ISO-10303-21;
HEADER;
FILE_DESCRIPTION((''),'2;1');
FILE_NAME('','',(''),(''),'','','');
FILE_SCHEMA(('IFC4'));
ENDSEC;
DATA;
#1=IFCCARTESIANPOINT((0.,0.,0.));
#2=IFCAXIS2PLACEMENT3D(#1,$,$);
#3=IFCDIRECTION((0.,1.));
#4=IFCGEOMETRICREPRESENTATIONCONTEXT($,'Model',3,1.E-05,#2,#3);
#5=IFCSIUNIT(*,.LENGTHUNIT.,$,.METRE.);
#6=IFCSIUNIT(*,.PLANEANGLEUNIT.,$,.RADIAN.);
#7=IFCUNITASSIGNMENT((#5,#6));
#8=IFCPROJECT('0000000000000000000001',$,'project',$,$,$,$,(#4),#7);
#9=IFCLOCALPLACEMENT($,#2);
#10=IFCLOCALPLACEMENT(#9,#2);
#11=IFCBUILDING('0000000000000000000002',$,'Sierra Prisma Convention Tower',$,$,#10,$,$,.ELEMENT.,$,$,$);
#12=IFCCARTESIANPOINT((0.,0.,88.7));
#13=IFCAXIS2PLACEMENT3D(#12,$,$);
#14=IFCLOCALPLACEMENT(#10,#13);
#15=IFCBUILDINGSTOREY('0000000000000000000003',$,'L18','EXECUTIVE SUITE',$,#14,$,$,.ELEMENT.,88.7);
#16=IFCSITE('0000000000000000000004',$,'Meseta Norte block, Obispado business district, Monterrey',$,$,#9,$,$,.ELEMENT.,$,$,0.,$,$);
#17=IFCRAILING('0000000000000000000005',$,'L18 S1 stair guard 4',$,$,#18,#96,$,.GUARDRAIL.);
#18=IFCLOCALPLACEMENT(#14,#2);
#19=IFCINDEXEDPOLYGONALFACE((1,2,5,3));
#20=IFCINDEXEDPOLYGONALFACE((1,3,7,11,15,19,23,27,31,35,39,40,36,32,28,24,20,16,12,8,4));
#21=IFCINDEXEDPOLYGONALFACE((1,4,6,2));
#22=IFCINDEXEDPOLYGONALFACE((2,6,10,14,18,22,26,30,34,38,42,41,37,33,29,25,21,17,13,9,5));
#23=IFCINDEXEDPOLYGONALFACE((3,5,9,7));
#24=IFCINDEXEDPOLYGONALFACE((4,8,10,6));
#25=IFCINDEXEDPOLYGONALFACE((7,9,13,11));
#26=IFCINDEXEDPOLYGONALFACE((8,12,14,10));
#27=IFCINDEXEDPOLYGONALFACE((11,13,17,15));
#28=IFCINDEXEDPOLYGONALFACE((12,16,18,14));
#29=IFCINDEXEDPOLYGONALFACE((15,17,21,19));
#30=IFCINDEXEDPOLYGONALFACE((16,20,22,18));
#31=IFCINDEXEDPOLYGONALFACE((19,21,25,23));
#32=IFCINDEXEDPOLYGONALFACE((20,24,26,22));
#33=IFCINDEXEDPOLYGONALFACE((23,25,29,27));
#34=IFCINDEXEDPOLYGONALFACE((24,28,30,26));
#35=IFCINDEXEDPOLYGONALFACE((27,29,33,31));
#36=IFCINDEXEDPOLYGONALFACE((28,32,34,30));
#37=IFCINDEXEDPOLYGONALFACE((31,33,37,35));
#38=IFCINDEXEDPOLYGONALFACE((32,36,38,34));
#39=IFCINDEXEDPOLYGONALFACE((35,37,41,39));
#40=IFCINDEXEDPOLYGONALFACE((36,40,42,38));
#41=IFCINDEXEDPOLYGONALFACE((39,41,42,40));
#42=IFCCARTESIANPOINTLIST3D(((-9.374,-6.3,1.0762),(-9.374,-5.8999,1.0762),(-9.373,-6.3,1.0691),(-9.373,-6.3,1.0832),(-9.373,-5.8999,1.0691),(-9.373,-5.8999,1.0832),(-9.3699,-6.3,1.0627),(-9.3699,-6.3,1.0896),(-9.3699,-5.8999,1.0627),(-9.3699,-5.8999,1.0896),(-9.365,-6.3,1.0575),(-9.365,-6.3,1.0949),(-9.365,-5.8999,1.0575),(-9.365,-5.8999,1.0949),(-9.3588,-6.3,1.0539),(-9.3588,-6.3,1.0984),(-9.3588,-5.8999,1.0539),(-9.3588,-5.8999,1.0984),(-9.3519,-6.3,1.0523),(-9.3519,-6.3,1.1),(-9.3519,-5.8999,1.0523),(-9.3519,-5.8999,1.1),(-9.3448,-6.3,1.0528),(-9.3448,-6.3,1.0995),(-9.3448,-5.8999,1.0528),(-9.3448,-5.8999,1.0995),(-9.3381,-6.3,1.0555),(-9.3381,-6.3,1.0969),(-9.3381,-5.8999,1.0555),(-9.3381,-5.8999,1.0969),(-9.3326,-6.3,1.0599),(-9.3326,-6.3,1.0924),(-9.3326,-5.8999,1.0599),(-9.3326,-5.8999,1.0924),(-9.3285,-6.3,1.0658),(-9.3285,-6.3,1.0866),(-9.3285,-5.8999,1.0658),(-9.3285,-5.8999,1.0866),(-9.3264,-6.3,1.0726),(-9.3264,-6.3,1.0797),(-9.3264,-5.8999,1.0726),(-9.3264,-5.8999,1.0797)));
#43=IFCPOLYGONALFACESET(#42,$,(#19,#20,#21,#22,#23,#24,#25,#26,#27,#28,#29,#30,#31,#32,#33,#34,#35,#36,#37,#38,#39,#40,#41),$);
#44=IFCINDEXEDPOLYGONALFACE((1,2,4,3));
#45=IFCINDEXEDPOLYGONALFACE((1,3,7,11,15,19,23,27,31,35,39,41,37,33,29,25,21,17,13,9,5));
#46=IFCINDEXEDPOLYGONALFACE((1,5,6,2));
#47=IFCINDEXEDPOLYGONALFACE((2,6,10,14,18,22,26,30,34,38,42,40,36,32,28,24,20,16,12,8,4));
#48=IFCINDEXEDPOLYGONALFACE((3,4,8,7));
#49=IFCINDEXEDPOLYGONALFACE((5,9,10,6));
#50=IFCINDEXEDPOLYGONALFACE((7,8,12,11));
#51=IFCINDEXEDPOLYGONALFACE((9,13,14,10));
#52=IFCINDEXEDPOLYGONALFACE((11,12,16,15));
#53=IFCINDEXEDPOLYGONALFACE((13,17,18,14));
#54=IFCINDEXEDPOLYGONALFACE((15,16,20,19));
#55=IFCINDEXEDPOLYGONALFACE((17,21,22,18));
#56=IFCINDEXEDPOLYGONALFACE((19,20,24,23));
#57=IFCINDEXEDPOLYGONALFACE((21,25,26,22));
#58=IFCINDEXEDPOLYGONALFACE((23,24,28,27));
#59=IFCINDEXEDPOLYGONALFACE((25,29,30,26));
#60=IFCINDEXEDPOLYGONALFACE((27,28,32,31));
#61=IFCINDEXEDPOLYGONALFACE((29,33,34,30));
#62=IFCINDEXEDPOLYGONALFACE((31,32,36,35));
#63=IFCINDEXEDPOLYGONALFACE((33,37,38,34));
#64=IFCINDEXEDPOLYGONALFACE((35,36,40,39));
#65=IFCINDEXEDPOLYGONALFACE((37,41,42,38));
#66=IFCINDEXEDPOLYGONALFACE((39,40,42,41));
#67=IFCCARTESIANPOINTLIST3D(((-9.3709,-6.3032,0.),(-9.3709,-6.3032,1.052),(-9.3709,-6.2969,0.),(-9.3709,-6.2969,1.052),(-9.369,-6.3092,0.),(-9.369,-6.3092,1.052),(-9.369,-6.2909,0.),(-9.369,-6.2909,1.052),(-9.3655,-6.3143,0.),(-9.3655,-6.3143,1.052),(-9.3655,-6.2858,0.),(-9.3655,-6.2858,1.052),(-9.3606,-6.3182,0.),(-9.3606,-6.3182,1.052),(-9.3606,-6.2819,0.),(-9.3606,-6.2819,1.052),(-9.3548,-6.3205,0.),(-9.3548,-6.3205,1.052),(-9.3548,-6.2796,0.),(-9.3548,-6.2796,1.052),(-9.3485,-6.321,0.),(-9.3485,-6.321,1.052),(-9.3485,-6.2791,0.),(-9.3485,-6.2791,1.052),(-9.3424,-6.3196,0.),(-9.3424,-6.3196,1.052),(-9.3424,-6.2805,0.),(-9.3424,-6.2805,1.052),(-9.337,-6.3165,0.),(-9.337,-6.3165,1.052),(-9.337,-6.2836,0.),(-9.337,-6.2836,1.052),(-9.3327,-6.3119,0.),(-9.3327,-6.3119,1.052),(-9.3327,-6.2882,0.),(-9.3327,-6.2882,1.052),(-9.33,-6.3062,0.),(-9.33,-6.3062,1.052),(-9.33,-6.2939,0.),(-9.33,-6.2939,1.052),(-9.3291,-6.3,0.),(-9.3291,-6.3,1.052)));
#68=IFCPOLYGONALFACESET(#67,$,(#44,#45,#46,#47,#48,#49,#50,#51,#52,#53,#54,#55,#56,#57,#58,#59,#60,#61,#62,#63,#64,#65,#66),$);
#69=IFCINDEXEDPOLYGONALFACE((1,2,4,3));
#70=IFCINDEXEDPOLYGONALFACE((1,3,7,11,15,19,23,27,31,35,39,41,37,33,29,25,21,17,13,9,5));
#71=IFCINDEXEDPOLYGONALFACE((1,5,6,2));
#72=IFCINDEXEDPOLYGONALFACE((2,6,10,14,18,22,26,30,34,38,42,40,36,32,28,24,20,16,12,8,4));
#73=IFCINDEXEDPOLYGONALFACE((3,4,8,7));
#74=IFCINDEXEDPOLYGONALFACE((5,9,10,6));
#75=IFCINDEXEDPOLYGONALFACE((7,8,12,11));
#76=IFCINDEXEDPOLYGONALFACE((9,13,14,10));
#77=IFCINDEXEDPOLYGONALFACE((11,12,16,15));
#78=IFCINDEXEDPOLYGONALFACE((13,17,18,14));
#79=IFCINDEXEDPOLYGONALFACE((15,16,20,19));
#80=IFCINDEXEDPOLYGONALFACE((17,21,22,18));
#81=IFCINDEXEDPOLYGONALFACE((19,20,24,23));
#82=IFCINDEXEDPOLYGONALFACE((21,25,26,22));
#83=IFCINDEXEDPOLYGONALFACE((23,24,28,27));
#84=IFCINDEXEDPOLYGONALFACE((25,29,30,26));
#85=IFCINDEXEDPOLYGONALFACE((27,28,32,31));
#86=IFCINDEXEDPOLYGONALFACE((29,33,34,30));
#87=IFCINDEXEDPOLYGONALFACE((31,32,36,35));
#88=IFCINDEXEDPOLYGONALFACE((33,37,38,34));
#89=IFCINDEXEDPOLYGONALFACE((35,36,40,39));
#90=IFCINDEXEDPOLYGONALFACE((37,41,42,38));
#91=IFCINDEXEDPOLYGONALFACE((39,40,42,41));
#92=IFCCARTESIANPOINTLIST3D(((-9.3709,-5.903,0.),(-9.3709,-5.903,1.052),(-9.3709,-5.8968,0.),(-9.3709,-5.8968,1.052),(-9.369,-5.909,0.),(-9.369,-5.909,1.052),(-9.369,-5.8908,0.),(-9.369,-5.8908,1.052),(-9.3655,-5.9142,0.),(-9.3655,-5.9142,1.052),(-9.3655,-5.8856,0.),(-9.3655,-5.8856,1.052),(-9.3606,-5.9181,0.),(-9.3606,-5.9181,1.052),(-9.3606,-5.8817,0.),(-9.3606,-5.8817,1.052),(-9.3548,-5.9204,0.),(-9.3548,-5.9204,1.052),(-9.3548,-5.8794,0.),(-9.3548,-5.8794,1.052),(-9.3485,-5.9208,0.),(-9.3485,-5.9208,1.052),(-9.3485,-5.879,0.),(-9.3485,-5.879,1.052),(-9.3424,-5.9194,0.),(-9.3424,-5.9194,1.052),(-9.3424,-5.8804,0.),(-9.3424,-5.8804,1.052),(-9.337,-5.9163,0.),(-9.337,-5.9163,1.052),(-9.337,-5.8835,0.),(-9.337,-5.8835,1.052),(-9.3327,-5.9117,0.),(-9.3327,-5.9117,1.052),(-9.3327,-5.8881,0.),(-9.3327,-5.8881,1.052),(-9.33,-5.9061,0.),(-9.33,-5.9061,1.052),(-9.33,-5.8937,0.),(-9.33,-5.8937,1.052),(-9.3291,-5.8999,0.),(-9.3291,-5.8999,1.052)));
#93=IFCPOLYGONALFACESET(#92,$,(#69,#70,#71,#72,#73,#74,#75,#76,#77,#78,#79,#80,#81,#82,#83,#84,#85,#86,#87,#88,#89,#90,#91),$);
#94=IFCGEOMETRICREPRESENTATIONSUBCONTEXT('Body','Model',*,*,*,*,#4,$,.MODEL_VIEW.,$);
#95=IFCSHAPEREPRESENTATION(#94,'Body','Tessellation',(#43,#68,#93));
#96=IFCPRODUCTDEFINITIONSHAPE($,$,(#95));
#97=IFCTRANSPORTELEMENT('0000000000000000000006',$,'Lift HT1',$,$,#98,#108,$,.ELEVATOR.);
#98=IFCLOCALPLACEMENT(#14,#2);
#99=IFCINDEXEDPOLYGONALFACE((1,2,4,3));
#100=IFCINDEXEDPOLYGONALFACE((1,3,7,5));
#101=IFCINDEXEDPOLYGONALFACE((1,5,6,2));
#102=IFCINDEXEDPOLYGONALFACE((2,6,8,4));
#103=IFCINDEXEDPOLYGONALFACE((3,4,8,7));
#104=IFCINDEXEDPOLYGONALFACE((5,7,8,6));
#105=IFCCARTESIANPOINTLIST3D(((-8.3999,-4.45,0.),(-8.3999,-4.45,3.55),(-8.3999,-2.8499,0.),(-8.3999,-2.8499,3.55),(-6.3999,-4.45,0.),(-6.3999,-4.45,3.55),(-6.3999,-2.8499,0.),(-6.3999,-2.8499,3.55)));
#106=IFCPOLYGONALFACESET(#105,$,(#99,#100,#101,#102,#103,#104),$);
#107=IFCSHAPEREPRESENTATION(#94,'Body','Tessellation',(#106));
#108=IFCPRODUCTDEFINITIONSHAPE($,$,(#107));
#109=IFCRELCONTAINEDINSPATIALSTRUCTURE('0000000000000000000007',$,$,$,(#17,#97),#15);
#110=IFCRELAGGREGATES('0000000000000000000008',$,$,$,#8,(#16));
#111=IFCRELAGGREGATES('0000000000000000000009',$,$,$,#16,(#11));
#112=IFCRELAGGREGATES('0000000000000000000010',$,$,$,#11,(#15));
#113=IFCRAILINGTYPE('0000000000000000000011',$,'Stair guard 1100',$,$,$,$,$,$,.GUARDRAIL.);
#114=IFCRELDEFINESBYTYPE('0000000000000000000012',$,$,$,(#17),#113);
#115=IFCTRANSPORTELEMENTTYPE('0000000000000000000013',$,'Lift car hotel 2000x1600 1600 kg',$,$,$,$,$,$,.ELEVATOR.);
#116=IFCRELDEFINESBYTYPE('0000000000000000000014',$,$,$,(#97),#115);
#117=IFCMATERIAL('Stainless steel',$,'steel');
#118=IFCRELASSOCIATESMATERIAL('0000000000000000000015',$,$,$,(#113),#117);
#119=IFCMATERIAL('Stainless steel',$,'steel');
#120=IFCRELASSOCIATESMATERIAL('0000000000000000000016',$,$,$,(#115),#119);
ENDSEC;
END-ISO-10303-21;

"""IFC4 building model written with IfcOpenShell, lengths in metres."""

from ifc_helpers import new_model, si_unit, direction, frame, origin, origin_2d, place, context, subcontext, project, spatial, rectangle, circle, extrude, material, type_object, element, save


model = new_model("IFC4")

# Units and contexts
model_context = context("Model", 3, precision=1e-05, world=origin(), true_north=direction((0.0, 1.0)))
body_context = subcontext(model_context, "Body", "Model", "MODEL_VIEW")
ifc_project = project(units=[si_unit("LENGTHUNIT", "METRE"), si_unit("PLANEANGLEUNIT", "RADIAN")], contexts=[model_context])

# Site, building, storey
site_placement = place(None, origin())
site = spatial("IfcSite", under=ifc_project, at=site_placement, Name="Meseta Norte block, Obispado business district, Monterrey", CompositionType="ELEMENT", RefElevation=0.0)
building_placement = place(site_placement, origin())
building = spatial("IfcBuilding", under=site, at=building_placement, Name="Sierra Prisma Convention Tower", CompositionType="ELEMENT")
storey_placement = place(building_placement, frame((0.0, 0.0, 88.7)))
storey = spatial("IfcBuildingStorey", under=building, at=storey_placement, Name="L18", Description="EXECUTIVE SUITE", CompositionType="ELEMENT", Elevation=88.7)

# Railing
ifc_material_1 = material(Name="Stainless steel", Category="steel")
railing_type_1 = type_object("IfcRailingType", Name="Stair guard 1100", PredefinedType="GUARDRAIL", material=ifc_material_1)
railing_1_placement = place(storey_placement, frame((-9.3501, -6.3, 0.0)))
element("IfcRailing", 1, at=railing_1_placement, inside=storey, type_object=railing_type_1, Name="L18 S1 stair guard 4", PredefinedType="GUARDRAIL", context=body_context, shape_type="SweptSolid", body=[
    extrude(circle(Radius=0.0239, at=origin_2d()), frame((0.0, 0.0, 1.0762), z_axis=(0.0, 1.0, 0.0), x_axis=(-1.0, 0.0, 0.0)), (0.0, 0.0, 1.0), 0.4001),
    extrude(circle(Radius=0.021, at=origin_2d()), origin(), (0.0, 0.0, 1.0), 1.052),
    extrude(circle(Radius=0.021, at=origin_2d()), frame((0.0, 0.4001, 0.0)), (0.0, 0.0, 1.0), 1.052),
])

# Transport element
ifc_material_2 = material(Name="Stainless steel", Category="steel")
transport_element_type = type_object("IfcTransportElementType", Name="Lift car hotel 2000x1600 1600 kg", PredefinedType="ELEVATOR", material=ifc_material_2)
transport_element_placement = place(storey_placement, frame((-7.3999, -3.6499, 0.0), z_axis=(0.0, 0.0, 1.0), x_axis=(1.0, 0.0, 0.0)))
element("IfcTransportElement", 2, at=transport_element_placement, inside=storey, type_object=transport_element_type, Name="Lift HT1", PredefinedType="ELEVATOR", context=body_context, shape_type="SweptSolid", body=[
    extrude(rectangle(XDim=2.0, YDim=1.6001, at=origin_2d()), origin(), (0.0, 0.0, 1.0), 3.55),
])

save(model, "model.ifc")
